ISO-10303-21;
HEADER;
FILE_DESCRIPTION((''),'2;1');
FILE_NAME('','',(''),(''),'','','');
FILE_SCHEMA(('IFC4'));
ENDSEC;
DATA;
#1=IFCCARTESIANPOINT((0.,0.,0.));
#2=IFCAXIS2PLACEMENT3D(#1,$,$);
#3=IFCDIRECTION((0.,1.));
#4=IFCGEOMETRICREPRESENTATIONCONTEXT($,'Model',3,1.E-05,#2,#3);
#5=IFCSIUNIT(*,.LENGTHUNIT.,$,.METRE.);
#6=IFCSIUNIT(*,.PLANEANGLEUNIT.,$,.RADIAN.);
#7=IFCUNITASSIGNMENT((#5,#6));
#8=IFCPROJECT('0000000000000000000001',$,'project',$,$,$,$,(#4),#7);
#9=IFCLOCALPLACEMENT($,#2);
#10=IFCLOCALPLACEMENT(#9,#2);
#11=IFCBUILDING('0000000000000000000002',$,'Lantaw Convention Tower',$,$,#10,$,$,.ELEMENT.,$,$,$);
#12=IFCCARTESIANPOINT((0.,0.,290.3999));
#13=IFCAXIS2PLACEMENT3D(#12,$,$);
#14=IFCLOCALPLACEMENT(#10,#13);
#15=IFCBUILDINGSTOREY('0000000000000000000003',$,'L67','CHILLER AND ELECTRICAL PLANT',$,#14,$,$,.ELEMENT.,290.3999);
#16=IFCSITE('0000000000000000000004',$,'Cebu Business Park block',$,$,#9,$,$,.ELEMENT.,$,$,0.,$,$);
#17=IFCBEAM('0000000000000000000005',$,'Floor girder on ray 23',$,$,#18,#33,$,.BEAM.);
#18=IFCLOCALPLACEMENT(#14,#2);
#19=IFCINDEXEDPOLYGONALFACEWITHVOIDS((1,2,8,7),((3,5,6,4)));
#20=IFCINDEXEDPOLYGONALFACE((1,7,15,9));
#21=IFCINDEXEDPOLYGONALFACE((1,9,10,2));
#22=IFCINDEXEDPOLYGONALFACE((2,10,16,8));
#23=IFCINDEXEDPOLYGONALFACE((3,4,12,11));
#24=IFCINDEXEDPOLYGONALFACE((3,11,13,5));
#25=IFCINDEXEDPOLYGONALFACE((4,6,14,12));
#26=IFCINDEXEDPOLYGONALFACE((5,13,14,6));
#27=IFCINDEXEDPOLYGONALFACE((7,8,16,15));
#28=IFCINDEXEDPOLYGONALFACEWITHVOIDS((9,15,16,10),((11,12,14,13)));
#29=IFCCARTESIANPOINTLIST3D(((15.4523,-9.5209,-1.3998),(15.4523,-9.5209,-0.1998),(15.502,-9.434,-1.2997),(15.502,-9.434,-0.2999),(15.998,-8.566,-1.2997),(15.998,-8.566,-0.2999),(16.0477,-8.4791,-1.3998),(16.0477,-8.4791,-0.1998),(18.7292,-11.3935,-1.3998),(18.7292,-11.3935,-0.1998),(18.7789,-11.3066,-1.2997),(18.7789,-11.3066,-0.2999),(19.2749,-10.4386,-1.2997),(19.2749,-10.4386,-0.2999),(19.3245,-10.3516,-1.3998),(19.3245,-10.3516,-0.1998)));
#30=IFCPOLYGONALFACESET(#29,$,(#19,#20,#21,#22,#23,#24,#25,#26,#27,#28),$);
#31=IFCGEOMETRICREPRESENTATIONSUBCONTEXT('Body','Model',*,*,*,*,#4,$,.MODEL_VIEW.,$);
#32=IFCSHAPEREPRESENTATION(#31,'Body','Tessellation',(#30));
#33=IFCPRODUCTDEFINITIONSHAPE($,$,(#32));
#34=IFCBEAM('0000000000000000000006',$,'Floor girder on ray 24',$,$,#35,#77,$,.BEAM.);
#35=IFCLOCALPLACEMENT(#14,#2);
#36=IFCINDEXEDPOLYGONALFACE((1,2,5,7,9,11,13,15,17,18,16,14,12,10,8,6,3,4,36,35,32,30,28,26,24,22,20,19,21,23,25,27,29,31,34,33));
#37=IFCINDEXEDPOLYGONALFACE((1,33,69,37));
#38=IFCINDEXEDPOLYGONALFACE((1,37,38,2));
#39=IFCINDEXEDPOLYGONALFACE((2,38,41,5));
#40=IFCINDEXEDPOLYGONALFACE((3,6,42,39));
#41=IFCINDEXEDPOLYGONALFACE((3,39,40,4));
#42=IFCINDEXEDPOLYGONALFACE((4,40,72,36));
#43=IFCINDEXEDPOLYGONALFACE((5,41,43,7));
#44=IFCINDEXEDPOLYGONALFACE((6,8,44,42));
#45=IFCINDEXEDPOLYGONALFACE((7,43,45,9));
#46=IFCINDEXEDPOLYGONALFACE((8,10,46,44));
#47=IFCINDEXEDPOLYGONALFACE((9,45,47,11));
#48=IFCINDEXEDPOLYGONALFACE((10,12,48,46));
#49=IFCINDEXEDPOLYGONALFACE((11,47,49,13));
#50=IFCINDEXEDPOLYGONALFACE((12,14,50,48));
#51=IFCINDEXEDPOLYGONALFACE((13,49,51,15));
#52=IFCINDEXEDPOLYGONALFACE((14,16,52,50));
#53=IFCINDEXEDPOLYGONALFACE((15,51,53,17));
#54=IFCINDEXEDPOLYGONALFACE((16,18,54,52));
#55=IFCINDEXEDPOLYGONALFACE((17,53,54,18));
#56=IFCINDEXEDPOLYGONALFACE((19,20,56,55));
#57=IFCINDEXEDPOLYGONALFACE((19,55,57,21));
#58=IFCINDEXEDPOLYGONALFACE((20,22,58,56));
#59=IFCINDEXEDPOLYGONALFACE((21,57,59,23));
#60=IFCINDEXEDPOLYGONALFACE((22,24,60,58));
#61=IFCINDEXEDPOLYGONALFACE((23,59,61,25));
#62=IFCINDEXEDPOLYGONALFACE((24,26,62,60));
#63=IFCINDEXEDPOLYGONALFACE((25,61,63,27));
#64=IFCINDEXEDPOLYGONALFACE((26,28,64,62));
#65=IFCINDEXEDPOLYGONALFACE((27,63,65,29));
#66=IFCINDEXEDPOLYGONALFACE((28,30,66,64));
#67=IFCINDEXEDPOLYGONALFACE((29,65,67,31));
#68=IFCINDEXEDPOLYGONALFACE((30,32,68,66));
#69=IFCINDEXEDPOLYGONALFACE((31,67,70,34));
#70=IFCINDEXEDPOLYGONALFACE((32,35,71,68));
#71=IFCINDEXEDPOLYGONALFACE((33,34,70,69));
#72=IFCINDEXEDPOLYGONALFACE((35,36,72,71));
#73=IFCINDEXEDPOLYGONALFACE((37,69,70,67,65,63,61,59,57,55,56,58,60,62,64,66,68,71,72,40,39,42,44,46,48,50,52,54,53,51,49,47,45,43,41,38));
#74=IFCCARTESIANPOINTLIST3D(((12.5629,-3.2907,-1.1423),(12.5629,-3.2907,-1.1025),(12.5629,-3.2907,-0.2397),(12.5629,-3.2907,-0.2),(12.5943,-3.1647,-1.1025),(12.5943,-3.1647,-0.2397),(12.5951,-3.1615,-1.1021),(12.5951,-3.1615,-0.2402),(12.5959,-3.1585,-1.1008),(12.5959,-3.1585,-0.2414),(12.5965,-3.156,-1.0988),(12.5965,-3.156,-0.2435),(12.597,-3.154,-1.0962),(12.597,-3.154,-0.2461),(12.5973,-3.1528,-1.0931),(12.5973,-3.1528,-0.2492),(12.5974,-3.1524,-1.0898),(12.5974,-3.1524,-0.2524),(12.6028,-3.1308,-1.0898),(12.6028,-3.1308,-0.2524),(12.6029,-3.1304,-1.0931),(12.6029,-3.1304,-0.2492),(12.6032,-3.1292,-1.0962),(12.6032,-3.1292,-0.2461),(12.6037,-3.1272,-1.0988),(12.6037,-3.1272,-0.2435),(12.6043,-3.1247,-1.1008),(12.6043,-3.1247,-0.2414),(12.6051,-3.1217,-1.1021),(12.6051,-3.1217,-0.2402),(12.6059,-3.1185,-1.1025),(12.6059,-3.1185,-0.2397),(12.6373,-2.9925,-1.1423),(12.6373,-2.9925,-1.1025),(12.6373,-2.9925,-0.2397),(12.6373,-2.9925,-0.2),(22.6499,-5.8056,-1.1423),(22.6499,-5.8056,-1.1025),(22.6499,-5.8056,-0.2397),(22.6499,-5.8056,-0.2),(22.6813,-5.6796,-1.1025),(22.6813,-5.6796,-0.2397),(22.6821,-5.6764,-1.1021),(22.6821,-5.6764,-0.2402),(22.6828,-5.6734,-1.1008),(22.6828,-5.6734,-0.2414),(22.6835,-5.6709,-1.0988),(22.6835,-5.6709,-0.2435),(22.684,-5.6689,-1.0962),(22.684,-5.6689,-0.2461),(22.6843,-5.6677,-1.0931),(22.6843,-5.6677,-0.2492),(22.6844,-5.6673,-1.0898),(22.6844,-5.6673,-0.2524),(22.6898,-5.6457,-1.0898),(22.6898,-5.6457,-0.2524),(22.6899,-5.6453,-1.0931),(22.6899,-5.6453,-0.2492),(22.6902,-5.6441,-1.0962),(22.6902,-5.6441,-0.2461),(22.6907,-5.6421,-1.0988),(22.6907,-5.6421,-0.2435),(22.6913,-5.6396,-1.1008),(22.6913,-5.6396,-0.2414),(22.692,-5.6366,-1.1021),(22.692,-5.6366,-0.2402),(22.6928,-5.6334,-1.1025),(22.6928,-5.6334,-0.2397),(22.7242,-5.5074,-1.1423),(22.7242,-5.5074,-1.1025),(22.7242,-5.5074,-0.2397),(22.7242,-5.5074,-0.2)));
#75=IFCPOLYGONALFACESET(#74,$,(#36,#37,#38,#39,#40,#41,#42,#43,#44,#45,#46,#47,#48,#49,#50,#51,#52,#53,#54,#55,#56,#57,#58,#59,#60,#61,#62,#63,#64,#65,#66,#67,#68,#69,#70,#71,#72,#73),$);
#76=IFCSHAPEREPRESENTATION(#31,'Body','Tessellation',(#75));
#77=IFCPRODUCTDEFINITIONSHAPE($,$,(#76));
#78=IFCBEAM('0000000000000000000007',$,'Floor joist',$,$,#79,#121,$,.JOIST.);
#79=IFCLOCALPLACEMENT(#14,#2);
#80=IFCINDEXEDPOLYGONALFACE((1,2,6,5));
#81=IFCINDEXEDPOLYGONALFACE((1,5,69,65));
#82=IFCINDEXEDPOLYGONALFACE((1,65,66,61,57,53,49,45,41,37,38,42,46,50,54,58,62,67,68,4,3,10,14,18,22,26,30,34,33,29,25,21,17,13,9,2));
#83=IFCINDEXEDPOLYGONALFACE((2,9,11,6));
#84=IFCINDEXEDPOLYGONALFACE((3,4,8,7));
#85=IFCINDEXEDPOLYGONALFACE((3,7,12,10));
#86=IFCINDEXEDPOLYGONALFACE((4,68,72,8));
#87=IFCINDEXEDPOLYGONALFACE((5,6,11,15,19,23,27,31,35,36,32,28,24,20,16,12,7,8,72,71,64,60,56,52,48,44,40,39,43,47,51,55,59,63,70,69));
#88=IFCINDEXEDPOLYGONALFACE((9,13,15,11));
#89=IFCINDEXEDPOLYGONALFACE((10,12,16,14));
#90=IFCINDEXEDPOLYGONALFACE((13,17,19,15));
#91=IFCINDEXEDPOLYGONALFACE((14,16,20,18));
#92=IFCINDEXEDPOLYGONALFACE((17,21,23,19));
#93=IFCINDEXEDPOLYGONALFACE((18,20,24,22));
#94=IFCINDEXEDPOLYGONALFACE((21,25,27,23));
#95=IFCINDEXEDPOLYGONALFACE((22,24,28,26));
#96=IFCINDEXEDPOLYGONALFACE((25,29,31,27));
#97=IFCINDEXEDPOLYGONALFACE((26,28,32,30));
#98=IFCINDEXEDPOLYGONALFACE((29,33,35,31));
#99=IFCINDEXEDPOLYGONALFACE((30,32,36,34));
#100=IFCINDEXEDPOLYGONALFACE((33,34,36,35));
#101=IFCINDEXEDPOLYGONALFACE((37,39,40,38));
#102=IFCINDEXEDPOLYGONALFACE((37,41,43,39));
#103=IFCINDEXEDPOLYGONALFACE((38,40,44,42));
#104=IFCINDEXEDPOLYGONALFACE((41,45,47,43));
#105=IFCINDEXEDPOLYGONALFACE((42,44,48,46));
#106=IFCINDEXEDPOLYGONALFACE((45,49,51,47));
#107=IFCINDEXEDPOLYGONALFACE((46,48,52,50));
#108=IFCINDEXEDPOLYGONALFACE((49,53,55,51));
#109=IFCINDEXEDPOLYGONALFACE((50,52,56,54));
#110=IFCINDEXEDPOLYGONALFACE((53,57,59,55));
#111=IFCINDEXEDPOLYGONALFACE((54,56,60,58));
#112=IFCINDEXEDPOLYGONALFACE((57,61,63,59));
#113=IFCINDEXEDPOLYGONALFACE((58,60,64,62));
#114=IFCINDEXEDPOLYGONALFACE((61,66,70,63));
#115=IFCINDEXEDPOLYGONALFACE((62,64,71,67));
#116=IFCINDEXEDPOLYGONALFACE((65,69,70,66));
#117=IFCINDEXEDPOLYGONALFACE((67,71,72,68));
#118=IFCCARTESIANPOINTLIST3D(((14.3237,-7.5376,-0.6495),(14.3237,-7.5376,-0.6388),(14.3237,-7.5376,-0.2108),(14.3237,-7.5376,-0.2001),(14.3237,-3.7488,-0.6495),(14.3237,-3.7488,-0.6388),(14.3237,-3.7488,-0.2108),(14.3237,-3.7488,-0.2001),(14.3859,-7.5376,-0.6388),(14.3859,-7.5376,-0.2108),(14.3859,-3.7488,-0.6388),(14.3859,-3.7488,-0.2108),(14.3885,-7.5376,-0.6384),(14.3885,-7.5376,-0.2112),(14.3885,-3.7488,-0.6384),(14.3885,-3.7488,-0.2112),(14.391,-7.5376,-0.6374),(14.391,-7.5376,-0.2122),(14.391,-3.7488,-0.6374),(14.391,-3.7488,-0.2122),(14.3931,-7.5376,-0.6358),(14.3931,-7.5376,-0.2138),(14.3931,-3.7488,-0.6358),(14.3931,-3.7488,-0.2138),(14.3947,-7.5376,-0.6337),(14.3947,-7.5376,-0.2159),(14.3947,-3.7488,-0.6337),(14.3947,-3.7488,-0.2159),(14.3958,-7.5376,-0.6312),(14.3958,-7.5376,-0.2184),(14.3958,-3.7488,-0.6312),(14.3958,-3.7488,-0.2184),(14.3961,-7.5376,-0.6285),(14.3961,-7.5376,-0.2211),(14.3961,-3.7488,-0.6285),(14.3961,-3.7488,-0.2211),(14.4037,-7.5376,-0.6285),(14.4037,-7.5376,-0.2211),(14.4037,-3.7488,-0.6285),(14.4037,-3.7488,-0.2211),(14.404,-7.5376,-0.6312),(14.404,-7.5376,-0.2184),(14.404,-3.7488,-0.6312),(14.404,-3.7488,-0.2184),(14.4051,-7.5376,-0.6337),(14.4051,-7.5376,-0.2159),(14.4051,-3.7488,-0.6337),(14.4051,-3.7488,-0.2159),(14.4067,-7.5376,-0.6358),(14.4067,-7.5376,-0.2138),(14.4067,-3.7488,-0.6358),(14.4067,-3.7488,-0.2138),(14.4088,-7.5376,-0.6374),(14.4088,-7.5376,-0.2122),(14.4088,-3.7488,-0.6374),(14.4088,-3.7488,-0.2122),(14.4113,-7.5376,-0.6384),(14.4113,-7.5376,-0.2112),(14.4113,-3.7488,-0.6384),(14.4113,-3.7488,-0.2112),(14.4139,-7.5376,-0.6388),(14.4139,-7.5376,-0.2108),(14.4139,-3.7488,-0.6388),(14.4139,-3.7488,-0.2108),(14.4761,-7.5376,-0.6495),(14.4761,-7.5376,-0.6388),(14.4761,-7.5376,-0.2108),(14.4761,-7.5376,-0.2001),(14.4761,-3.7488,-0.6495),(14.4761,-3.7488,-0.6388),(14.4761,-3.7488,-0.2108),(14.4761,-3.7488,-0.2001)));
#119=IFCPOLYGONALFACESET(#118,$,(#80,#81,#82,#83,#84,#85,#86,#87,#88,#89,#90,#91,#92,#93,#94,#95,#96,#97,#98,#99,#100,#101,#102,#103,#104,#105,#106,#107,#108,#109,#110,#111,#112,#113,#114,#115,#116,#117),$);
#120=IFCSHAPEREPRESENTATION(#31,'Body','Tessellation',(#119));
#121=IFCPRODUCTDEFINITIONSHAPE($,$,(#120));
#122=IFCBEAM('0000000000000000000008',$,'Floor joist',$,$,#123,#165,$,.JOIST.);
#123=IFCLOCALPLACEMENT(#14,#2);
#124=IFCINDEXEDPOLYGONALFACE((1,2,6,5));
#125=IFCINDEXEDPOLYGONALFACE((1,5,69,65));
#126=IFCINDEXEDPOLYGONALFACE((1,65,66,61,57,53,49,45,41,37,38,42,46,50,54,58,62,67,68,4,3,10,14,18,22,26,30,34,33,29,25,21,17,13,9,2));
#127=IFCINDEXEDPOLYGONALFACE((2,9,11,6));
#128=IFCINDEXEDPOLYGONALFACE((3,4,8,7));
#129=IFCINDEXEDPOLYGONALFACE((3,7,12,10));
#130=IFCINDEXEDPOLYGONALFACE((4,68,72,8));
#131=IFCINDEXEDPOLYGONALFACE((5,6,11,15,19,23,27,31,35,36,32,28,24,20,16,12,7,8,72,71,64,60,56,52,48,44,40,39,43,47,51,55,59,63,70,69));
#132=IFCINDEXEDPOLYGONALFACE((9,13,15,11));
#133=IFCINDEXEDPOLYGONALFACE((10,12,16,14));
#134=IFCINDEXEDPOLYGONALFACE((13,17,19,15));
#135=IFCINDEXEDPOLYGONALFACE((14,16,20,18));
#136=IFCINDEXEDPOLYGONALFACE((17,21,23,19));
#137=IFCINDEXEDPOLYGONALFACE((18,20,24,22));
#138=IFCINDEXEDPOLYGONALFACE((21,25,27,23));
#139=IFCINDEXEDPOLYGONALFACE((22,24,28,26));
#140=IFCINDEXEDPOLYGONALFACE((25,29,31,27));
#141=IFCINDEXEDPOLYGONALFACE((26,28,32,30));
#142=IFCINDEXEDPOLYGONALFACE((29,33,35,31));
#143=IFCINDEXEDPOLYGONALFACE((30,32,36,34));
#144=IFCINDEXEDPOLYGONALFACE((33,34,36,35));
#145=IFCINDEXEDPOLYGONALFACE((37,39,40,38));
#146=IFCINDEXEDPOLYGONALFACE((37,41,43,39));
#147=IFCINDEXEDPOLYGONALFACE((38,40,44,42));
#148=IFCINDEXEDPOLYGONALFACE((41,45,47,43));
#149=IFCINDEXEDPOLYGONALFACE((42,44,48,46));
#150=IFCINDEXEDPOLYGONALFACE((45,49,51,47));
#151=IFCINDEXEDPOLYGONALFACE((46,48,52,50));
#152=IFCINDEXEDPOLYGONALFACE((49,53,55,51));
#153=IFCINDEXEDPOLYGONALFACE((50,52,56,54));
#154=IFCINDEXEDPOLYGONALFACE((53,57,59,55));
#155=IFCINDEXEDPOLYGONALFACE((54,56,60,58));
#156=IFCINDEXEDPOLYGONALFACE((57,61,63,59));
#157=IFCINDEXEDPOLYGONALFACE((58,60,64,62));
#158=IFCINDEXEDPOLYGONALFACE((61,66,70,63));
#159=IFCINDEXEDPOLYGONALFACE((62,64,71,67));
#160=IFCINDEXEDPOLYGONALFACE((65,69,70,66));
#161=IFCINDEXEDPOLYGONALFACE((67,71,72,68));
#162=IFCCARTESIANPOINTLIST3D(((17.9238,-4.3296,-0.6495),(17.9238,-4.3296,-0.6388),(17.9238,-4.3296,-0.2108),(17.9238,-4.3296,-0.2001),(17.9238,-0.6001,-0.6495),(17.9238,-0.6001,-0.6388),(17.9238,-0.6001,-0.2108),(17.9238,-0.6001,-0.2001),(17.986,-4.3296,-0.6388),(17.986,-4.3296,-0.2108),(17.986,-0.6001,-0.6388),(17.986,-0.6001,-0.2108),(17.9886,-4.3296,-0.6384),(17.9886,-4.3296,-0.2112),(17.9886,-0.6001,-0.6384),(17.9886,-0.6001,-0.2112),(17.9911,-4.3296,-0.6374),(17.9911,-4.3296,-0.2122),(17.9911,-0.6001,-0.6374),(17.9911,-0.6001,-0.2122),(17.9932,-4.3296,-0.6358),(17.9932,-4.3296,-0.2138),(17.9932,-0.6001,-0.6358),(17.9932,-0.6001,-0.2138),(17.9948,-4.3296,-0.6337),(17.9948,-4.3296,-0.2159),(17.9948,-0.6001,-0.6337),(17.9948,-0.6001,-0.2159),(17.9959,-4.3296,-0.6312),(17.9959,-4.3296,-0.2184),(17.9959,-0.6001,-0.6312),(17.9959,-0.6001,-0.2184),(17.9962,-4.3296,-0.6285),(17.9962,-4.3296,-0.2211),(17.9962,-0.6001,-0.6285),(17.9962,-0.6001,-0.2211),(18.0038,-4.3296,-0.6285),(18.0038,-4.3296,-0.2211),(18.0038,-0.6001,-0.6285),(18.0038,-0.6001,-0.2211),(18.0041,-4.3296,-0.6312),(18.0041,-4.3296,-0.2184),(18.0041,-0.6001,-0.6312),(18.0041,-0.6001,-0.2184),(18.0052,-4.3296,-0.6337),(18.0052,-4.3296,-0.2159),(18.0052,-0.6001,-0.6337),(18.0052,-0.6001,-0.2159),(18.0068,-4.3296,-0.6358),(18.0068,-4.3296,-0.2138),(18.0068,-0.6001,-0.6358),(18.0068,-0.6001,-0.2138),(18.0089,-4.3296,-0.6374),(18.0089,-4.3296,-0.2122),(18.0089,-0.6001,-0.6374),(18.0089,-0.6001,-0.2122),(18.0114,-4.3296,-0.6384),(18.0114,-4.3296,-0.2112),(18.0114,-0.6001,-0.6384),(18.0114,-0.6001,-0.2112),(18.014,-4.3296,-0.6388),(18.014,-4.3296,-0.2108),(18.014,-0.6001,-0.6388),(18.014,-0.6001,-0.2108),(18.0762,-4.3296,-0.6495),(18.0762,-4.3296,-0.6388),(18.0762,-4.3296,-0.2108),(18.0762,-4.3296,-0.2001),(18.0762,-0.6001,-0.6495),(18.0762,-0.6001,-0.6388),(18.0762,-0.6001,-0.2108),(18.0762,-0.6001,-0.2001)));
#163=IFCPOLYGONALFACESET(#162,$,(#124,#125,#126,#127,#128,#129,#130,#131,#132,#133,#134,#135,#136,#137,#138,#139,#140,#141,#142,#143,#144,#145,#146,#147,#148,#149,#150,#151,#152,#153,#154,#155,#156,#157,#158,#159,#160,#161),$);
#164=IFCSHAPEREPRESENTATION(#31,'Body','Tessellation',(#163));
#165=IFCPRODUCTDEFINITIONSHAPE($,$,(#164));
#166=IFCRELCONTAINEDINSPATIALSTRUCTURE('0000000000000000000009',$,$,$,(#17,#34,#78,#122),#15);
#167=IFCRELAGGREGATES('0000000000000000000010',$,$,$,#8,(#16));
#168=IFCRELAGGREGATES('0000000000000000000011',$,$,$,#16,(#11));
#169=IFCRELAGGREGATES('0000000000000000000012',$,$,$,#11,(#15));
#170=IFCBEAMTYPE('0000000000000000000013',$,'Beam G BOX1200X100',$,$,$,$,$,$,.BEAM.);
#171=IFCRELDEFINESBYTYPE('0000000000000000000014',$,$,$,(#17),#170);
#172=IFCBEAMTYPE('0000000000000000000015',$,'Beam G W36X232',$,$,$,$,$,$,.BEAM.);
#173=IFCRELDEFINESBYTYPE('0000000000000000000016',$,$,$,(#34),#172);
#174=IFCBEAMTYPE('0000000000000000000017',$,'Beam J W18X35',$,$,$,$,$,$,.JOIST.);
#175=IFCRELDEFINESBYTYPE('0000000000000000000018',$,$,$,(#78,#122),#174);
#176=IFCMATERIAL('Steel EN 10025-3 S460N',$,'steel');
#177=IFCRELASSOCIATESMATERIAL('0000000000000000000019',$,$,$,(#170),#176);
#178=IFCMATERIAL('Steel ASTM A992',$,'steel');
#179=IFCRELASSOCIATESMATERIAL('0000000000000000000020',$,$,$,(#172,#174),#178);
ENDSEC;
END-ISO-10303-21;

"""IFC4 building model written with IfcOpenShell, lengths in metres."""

from ifc_helpers import new_model, si_unit, direction, frame, origin, origin_2d, place, context, subcontext, project, spatial, hollow_rectangle, i_section, extrude, material, material_profile, profile_set, type_object, element, save


model = new_model("IFC4")

# Units and contexts
model_context = context("Model", 3, precision=1e-05, world=origin(), true_north=direction((0.0, 1.0)))
body_context = subcontext(model_context, "Body", "Model", "MODEL_VIEW")
ifc_project = project(units=[si_unit("LENGTHUNIT", "METRE"), si_unit("PLANEANGLEUNIT", "RADIAN")], contexts=[model_context])

# Site, building, storey
site_placement = place(None, origin())
site = spatial("IfcSite", under=ifc_project, at=site_placement, Name="Cebu Business Park block", CompositionType="ELEMENT", RefElevation=0.0)
building_placement = place(site_placement, origin())
building = spatial("IfcBuilding", under=site, at=building_placement, Name="Lantaw Convention Tower", CompositionType="ELEMENT")
storey_placement = place(building_placement, frame((0.0, 0.0, 290.3999)))
storey = spatial("IfcBuildingStorey", under=building, at=storey_placement, Name="L67", Description="CHILLER AND ELECTRICAL PLANT", CompositionType="ELEMENT", Elevation=290.3999)

# Beams
ifc_material_1 = material(Name="Steel EN 10025-3 S460N", Category="steel")
ifc_material_profile_1 = material_profile(ifc_material_1, hollow_rectangle(XDim=1.2, YDim=1.2, WallThickness=0.1001, at=origin_2d()), Name="BOX1200X100")
ifc_profile_set_1 = profile_set([ifc_material_profile_1], Name="Steel EN 10025-3 S460N")
beam_type_1 = type_object("IfcBeamType", Name="Beam G BOX1200X100", PredefinedType="BEAM", material=ifc_profile_set_1)
beam_1_placement = place(storey_placement, frame((15.75, -9.0, -0.7998), z_axis=(0.868235, -0.496153, 0.0), x_axis=(0.496153, 0.868235, 0.0)))
element("IfcBeam", 1, at=beam_1_placement, inside=storey, type_object=beam_type_1, Name="Floor girder on ray 23", PredefinedType="BEAM", context=body_context, shape_type="SweptSolid", body=[
    extrude(hollow_rectangle(XDim=1.2, YDim=1.2, WallThickness=0.1001, at=origin_2d()), origin(), (0.0, 0.0, 1.0), 3.7742),
])
ifc_material_2 = material(Name="Steel ASTM A992", Category="steel")
ifc_material_profile_2 = material_profile(ifc_material_2, i_section(OverallWidth=0.3074, OverallDepth=0.9424, WebThickness=0.0222, FlangeThickness=0.0398, FilletRadius=0.0127, at=origin_2d()), Name="W36X232")
ifc_profile_set_2 = profile_set([ifc_material_profile_2], Name="Steel ASTM A992")
beam_type_2 = type_object("IfcBeamType", Name="Beam G W36X232", PredefinedType="BEAM", material=ifc_profile_set_2)
beam_2_placement = place(storey_placement, frame((12.6001, -3.1416, -0.6711), z_axis=(0.970297, -0.241917, 0.0), x_axis=(0.241917, 0.970297, 0.0)))
element("IfcBeam", 2, at=beam_2_placement, inside=storey, type_object=beam_type_2, Name="Floor girder on ray 24", PredefinedType="BEAM", context=body_context, shape_type="SweptSolid", body=[
    extrude(i_section(OverallWidth=0.3074, OverallDepth=0.9424, WebThickness=0.0222, FlangeThickness=0.0398, FilletRadius=0.0127, at=origin_2d()), origin(), (0.0, 0.0, 1.0), 10.3958),
])
ifc_material_profile_3 = material_profile(ifc_material_2, i_section(OverallWidth=0.1523, OverallDepth=0.4495, WebThickness=0.0076, FlangeThickness=0.0107, FilletRadius=0.0103, at=origin_2d()), Name="W18X35")
ifc_profile_set_3 = profile_set([ifc_material_profile_3], Name="Steel ASTM A992")
beam_type_3 = type_object("IfcBeamType", Name="Beam J W18X35", PredefinedType="JOIST", material=ifc_profile_set_3)
beam_3_placement = place(storey_placement, frame((14.3999, -7.5376, -0.4248), z_axis=(0.0, 1.0, 0.0), x_axis=(-1.0, 0.0, 0.0)))
element("IfcBeam", 3, at=beam_3_placement, inside=storey, type_object=beam_type_3, Name="Floor joist", PredefinedType="JOIST", context=body_context, shape_type="SweptSolid", body=[
    extrude(i_section(OverallWidth=0.1523, OverallDepth=0.4495, WebThickness=0.0076, FlangeThickness=0.0107, FilletRadius=0.0103, at=origin_2d()), origin(), (0.0, 0.0, 1.0), 3.7888),
])
beam_4_placement = place(storey_placement, frame((18.0, -4.3296, -0.4248), z_axis=(0.0, 1.0, 0.0), x_axis=(-1.0, 0.0, 0.0)))
element("IfcBeam", 4, at=beam_4_placement, inside=storey, type_object=beam_type_3, Name="Floor joist", PredefinedType="JOIST", context=body_context, shape_type="SweptSolid", body=[
    extrude(i_section(OverallWidth=0.1523, OverallDepth=0.4495, WebThickness=0.0076, FlangeThickness=0.0107, FilletRadius=0.0103, at=origin_2d()), origin(), (0.0, 0.0, 1.0), 3.7295),
])

save(model, "model.ifc")
